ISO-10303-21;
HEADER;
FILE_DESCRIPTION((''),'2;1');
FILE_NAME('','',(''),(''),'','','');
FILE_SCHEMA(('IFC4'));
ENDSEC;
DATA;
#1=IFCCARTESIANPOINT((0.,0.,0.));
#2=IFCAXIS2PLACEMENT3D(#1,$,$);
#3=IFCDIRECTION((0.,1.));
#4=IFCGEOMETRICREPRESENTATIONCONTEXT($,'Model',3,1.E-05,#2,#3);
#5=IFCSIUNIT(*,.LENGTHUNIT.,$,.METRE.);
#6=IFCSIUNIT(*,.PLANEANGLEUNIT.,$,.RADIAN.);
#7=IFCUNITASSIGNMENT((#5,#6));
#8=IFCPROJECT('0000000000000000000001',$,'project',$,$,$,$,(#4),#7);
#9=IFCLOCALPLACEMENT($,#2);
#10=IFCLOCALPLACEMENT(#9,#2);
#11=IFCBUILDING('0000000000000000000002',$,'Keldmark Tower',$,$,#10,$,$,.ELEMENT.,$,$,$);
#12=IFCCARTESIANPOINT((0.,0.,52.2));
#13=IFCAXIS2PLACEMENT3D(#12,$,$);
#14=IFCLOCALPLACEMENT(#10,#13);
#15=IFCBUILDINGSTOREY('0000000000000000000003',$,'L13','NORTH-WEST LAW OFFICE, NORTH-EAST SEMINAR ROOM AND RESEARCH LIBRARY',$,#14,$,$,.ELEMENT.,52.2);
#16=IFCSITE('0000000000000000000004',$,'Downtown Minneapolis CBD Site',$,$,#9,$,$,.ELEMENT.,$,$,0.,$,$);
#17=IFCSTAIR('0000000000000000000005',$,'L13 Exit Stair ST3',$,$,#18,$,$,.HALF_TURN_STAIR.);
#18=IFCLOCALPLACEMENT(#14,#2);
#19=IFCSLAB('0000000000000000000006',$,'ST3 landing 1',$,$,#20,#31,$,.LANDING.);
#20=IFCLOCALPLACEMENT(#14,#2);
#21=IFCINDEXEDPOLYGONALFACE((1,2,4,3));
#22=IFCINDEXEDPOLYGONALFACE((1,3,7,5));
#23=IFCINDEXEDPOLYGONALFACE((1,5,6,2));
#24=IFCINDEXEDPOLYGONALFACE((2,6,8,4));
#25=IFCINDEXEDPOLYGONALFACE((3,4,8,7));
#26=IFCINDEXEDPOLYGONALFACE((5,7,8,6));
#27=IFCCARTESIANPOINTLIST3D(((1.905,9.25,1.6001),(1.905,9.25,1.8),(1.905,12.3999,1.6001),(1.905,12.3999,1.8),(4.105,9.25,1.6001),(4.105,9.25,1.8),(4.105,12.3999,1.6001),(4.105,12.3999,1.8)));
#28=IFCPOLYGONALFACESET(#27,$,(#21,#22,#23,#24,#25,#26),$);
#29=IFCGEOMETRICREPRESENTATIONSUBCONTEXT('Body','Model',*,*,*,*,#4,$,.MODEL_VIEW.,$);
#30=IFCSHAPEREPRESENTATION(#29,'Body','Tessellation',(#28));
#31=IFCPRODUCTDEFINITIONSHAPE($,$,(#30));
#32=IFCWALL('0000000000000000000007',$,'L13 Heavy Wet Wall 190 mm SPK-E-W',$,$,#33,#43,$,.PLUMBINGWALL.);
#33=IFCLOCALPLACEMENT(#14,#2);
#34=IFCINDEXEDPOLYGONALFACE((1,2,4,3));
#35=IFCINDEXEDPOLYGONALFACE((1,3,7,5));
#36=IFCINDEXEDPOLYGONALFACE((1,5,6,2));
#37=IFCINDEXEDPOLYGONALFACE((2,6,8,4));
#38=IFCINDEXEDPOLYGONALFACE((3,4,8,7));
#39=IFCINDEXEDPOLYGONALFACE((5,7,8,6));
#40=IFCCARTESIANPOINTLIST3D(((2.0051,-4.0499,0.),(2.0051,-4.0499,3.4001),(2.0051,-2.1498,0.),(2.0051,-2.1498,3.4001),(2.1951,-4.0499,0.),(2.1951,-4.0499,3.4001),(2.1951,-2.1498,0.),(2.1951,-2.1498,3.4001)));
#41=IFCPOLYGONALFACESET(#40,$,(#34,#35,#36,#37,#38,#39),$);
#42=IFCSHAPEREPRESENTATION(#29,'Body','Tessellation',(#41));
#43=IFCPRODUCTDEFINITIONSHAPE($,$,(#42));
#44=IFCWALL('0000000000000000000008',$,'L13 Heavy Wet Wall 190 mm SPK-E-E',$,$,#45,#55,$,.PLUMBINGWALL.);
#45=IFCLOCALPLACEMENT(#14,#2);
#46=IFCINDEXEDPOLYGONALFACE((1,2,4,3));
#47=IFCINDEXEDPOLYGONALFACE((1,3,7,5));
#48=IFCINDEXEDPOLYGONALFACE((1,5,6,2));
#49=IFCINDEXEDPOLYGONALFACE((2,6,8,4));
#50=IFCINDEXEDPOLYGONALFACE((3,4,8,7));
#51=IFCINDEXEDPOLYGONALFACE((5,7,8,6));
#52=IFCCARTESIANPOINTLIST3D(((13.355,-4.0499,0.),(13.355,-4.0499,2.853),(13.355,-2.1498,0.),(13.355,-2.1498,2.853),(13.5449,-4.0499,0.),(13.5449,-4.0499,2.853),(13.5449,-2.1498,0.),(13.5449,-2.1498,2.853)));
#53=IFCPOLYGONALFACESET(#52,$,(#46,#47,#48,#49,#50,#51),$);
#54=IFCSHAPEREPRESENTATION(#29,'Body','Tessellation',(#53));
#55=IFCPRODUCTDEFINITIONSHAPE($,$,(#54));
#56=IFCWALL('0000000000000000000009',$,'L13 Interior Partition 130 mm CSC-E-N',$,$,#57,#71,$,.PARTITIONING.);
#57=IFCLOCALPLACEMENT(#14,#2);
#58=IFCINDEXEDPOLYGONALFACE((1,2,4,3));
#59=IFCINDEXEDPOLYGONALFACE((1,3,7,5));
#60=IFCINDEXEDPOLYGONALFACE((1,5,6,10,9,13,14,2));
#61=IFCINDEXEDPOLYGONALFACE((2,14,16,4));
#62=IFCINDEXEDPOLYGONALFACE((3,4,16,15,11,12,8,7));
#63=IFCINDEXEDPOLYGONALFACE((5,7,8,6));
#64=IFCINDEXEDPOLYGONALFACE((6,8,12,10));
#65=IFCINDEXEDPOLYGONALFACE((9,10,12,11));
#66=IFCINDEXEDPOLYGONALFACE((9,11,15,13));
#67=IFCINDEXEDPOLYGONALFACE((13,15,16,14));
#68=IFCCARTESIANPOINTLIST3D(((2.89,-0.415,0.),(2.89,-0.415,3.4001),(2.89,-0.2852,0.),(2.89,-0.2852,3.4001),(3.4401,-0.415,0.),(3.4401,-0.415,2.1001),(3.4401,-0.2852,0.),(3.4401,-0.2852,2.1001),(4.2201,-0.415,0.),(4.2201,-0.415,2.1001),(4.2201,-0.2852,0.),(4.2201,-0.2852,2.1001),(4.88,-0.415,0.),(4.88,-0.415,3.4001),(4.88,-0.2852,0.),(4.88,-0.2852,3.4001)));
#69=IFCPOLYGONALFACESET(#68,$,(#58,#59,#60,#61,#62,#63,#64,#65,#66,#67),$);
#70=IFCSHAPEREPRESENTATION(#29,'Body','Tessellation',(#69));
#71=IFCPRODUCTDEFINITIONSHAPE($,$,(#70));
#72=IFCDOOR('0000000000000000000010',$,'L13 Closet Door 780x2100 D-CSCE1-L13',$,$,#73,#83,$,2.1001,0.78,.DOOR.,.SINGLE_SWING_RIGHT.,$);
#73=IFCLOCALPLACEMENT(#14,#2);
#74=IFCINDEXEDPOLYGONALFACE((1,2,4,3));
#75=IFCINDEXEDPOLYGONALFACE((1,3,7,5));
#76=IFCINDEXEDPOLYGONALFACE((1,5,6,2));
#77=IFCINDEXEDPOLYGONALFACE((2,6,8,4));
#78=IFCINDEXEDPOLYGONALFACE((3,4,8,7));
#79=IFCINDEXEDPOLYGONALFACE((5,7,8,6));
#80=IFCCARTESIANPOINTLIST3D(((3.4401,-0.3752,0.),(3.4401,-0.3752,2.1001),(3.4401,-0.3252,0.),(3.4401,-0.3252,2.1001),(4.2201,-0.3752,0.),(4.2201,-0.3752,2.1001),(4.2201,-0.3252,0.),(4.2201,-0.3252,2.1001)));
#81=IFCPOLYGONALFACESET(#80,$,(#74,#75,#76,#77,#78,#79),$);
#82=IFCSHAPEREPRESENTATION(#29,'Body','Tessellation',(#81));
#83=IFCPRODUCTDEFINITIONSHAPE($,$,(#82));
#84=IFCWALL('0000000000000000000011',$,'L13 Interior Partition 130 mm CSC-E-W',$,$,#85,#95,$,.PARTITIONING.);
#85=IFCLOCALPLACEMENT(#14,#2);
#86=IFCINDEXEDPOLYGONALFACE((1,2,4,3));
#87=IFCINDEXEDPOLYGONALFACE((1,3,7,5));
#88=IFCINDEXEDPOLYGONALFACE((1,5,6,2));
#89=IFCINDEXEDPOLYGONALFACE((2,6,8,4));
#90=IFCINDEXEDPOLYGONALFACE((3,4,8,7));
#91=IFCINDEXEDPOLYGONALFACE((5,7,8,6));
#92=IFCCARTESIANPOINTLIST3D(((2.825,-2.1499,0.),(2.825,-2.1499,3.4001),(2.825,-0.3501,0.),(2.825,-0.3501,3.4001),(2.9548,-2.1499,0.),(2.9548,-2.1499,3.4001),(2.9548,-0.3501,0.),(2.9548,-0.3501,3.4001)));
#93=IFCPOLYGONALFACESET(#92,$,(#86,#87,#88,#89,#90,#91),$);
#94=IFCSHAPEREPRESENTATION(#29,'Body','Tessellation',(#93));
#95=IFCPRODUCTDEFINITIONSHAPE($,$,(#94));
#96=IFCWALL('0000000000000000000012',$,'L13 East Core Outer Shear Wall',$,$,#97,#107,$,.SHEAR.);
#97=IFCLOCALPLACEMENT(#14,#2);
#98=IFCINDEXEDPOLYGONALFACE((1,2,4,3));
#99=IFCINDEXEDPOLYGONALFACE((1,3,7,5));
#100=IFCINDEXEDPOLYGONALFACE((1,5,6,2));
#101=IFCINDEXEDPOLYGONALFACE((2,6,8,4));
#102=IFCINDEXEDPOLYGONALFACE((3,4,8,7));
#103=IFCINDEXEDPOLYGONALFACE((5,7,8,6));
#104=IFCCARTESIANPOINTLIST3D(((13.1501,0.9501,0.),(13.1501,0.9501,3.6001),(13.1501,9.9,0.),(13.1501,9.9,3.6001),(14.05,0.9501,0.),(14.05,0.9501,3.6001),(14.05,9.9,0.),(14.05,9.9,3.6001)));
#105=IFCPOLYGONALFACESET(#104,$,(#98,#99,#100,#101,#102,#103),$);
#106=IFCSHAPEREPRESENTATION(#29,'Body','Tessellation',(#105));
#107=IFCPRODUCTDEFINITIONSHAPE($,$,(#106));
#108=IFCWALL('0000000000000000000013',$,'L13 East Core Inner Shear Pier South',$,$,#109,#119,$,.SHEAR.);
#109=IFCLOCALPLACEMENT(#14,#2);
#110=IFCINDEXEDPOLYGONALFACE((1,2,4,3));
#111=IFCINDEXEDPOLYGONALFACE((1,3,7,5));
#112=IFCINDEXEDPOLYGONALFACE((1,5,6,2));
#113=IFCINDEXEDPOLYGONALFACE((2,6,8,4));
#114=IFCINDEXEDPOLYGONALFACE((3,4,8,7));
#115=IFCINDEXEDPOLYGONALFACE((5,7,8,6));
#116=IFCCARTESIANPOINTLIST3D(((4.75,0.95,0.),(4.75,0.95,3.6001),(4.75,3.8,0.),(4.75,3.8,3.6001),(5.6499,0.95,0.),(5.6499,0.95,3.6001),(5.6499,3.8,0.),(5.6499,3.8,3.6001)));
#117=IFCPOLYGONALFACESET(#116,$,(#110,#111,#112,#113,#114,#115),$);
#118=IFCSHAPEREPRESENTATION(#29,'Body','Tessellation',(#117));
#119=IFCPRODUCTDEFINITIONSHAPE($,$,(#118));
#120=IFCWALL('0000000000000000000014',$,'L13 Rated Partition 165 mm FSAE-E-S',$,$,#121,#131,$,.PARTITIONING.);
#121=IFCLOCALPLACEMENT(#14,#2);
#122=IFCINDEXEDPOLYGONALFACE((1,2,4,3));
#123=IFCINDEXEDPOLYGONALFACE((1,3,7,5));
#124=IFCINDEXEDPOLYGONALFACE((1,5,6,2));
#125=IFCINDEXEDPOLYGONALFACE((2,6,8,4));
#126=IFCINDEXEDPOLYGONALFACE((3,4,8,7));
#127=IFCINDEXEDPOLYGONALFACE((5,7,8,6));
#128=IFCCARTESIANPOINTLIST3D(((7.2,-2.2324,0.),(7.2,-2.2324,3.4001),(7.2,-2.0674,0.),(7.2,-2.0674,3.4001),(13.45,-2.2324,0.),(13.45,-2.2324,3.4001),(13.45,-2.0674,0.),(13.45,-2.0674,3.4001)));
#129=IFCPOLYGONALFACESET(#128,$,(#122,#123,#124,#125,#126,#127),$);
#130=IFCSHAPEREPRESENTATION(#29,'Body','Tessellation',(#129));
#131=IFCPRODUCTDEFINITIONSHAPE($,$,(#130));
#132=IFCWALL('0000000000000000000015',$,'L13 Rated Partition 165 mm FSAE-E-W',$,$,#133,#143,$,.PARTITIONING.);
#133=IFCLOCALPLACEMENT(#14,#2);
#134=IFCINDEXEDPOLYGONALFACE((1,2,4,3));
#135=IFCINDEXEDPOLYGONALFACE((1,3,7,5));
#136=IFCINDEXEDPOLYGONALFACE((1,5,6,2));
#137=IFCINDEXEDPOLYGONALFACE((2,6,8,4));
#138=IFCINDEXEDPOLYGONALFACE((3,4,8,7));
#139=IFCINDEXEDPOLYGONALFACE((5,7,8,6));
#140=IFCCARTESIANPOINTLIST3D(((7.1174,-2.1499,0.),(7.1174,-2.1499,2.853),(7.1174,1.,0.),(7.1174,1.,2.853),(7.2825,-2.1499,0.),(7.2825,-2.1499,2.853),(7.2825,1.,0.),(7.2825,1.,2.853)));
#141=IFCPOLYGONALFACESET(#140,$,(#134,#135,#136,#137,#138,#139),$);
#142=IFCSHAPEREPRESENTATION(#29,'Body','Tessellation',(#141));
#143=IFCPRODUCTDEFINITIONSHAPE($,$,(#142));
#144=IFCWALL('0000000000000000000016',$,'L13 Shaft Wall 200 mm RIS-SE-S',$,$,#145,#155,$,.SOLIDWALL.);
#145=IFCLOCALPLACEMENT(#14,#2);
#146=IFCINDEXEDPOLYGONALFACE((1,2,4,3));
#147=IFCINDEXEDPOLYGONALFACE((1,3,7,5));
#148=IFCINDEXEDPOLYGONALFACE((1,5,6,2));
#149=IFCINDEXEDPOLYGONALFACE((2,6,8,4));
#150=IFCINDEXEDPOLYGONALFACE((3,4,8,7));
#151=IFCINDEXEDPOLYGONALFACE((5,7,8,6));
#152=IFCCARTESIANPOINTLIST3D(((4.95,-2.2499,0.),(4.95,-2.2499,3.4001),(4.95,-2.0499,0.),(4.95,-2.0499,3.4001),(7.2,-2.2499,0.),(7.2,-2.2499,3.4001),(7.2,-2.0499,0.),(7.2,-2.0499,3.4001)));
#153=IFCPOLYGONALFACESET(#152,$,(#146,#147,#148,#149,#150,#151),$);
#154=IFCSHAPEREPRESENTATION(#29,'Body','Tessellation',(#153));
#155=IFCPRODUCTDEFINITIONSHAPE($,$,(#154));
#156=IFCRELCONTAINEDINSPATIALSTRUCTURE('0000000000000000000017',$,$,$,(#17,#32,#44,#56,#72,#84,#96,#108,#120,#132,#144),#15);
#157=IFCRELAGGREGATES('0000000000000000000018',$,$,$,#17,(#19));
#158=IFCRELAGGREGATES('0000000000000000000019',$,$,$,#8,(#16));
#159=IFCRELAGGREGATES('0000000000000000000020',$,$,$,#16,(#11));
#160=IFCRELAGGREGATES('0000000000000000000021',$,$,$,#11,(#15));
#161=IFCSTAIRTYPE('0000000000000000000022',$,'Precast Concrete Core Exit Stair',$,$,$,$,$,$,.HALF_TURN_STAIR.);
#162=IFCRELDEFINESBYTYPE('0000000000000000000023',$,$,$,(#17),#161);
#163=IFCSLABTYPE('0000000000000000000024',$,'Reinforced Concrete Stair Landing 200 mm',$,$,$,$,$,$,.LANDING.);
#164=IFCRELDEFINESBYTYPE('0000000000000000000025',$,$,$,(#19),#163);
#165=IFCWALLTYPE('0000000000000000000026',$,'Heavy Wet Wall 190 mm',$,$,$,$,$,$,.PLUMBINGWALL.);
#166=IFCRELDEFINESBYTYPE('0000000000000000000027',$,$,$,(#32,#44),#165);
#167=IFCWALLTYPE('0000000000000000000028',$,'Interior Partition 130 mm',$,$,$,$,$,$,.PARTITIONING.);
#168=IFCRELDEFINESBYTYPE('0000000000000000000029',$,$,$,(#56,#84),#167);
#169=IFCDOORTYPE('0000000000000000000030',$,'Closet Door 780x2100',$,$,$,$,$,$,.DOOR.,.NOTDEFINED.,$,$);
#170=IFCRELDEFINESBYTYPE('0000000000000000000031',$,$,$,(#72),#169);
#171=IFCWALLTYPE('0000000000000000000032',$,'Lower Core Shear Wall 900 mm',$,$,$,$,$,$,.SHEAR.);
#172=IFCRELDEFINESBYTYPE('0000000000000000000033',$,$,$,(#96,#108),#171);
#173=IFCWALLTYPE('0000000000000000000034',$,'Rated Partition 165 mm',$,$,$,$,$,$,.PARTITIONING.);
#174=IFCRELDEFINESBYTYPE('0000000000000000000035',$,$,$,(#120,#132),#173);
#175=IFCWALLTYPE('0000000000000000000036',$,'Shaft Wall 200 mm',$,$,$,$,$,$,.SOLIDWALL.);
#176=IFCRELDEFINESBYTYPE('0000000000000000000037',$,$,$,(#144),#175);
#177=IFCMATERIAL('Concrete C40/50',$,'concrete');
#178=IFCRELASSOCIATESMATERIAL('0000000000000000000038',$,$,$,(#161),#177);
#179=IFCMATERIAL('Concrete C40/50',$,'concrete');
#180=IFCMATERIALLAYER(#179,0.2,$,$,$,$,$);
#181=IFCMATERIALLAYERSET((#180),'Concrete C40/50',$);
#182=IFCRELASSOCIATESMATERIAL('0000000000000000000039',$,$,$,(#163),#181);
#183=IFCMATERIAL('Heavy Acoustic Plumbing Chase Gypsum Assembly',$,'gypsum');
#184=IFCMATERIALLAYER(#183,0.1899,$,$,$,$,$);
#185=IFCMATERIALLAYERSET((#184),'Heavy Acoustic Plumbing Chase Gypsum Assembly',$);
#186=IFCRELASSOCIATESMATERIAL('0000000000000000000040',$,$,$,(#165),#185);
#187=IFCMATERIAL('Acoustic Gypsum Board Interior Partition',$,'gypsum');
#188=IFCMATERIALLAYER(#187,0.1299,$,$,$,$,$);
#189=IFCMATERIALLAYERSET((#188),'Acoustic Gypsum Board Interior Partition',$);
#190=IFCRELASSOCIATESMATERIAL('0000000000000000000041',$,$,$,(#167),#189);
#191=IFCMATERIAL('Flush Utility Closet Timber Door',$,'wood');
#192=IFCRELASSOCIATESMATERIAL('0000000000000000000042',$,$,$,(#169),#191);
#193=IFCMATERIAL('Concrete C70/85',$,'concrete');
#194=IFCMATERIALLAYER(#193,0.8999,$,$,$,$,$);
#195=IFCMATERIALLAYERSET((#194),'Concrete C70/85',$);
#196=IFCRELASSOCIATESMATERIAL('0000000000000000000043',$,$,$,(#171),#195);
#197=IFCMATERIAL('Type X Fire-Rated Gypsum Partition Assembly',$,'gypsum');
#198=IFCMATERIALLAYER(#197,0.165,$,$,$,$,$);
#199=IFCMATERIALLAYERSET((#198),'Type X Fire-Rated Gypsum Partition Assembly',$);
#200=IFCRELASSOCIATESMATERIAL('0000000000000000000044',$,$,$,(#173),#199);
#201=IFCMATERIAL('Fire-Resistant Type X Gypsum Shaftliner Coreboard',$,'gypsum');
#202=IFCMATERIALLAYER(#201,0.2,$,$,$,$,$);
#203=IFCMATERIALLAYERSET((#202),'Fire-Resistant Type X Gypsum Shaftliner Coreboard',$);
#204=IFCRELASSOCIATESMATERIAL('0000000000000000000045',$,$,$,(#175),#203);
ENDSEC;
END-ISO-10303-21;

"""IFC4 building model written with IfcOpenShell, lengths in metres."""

from ifc_helpers import new_model, si_unit, direction, frame, frame_2d, origin, place, context, subcontext, project, spatial, polyline, rectangle, outline, extrude, material, layer, layer_set, type_object, element, fill, aggregate, save


model = new_model("IFC4")

# Units and contexts
model_context = context("Model", 3, precision=1e-05, world=origin(), true_north=direction((0.0, 1.0)))
body_context = subcontext(model_context, "Body", "Model", "MODEL_VIEW")
ifc_project = project(units=[si_unit("LENGTHUNIT", "METRE"), si_unit("PLANEANGLEUNIT", "RADIAN")], contexts=[model_context])

# Site, building, storey
site_placement = place(None, origin())
site = spatial("IfcSite", under=ifc_project, at=site_placement, Name="Downtown Minneapolis CBD Site", CompositionType="ELEMENT", RefElevation=0.0)
building_placement = place(site_placement, origin())
building = spatial("IfcBuilding", under=site, at=building_placement, Name="Keldmark Tower", CompositionType="ELEMENT")
storey_placement = place(building_placement, frame((0.0, 0.0, 52.2)))
storey = spatial("IfcBuildingStorey", under=building, at=storey_placement, Name="L13", Description="NORTH-WEST LAW OFFICE, NORTH-EAST SEMINAR ROOM AND RESEARCH LIBRARY", CompositionType="ELEMENT", Elevation=52.2)

# Stair, slab
ifc_material_1 = material(Name="Concrete C40/50", Category="concrete")
stair_type = type_object("IfcStairType", Name="Precast Concrete Core Exit Stair", PredefinedType="HALF_TURN_STAIR", material=ifc_material_1)
ifc_material_2 = material(Name="Concrete C40/50", Category="concrete")
ifc_layer_1 = layer(ifc_material_2, 0.2)
ifc_layer_set_1 = layer_set([ifc_layer_1], Name="Concrete C40/50")
slab_type_1 = type_object("IfcSlabType", Name="Reinforced Concrete Stair Landing 200 mm", PredefinedType="LANDING", material=ifc_layer_set_1)
stair_1_placement = place(storey_placement, origin())
stair_1 = element("IfcStair", 1, at=stair_1_placement, inside=storey, type_object=stair_type, Name="L13 Exit Stair ST3", PredefinedType="HALF_TURN_STAIR")
slab_1_placement = place(storey_placement, frame((0.0, 0.0, 1.6001)))
slab_1 = element("IfcSlab", 2, at=slab_1_placement, type_object=slab_type_1, Name="ST3 landing 1", PredefinedType="LANDING", context=body_context, shape_type="SweptSolid", body=[
    extrude(outline(polyline([(1.905, 9.25), (4.105, 9.25), (4.105, 12.3999), (1.905, 12.3999), (1.905, 9.25)])), origin(), (0.0, 0.0, 1.0), 0.2),
])
aggregate(stair_1, [slab_1])

# Walls
ifc_material_3 = material(Name="Heavy Acoustic Plumbing Chase Gypsum Assembly", Category="gypsum")
ifc_layer_2 = layer(ifc_material_3, 0.1899)
ifc_layer_set_2 = layer_set([ifc_layer_2], Name="Heavy Acoustic Plumbing Chase Gypsum Assembly")
wall_type_1 = type_object("IfcWallType", Name="Heavy Wet Wall 190 mm", PredefinedType="PLUMBINGWALL", material=ifc_layer_set_2)
wall_1_placement = place(storey_placement, frame((2.1001, -4.05, 0.0), z_axis=(0.0, 0.0, 1.0), x_axis=(0.0, 1.0, 0.0)))
element("IfcWall", 3, at=wall_1_placement, inside=storey, type_object=wall_type_1, Name="L13 Heavy Wet Wall 190 mm SPK-E-W", PredefinedType="PLUMBINGWALL", context=body_context, shape_type="SweptSolid", body=[
    extrude(rectangle(XDim=1.9001, YDim=0.1899, at=frame_2d((0.9502, 0.0))), origin(), (0.0, 0.0, 1.0), 3.4001),
])
wall_2_placement = place(storey_placement, frame((13.45, -4.05, 0.0), z_axis=(0.0, 0.0, 1.0), x_axis=(0.0, 1.0, 0.0)))
element("IfcWall", 4, at=wall_2_placement, inside=storey, type_object=wall_type_1, Name="L13 Heavy Wet Wall 190 mm SPK-E-E", PredefinedType="PLUMBINGWALL", context=body_context, shape_type="SweptSolid", body=[
    extrude(rectangle(XDim=1.9001, YDim=0.1899, at=frame_2d((0.9502, 0.0))), origin(), (0.0, 0.0, 1.0), 2.853),
])

# Wall, opening, door
ifc_material_4 = material(Name="Acoustic Gypsum Board Interior Partition", Category="gypsum")
ifc_layer_3 = layer(ifc_material_4, 0.1299)
ifc_layer_set_3 = layer_set([ifc_layer_3], Name="Acoustic Gypsum Board Interior Partition")
wall_type_2 = type_object("IfcWallType", Name="Interior Partition 130 mm", PredefinedType="PARTITIONING", material=ifc_layer_set_3)
wall_3_placement = place(storey_placement, frame((2.8899, -0.3501, 0.0), z_axis=(0.0, 0.0, 1.0), x_axis=(1.0, 0.0, 0.0)))
wall_3 = element("IfcWall", 5, at=wall_3_placement, inside=storey, type_object=wall_type_2, Name="L13 Interior Partition 130 mm CSC-E-N", PredefinedType="PARTITIONING", context=body_context, shape_type="SweptSolid", body=[
    extrude(rectangle(XDim=1.99, YDim=0.1299, at=frame_2d((0.9951, 0.0))), origin(), (0.0, 0.0, 1.0), 3.4001),
])
opening_1_placement = place(wall_3_placement, frame((0.55, 0.0, 0.0)))
opening_1 = element("IfcOpeningElement", 6, at=opening_1_placement, cuts=wall_3, PredefinedType="OPENING", context=body_context, shape_type="SweptSolid", body=[
    extrude(rectangle(XDim=0.78, YDim=2.1001, at=frame_2d((0.3901, 1.05))), frame((0.0, 0.075, 0.0), z_axis=(0.0, -1.0, 0.0), x_axis=(1.0, 0.0, 0.0)), (0.0, 0.0, 1.0), 0.1499),
])
ifc_material_5 = material(Name="Flush Utility Closet Timber Door", Category="wood")
door_type_1 = type_object("IfcDoorType", Name="Closet Door 780x2100", OperationType="NOTDEFINED", PredefinedType="DOOR", material=ifc_material_5)
door_1_placement = place(opening_1_placement, origin())
door_1 = element("IfcDoor", 7, at=door_1_placement, inside=storey, type_object=door_type_1, Name="L13 Closet Door 780x2100 D-CSCE1-L13", OperationType="SINGLE_SWING_RIGHT", OverallHeight=2.1001, OverallWidth=0.78, PredefinedType="DOOR", context=body_context, shape_type="SweptSolid", body=[
    extrude(rectangle(XDim=0.78, YDim=2.1001, at=frame_2d((0.3901, 1.05))), frame((0.0, 0.0249, 0.0), z_axis=(0.0, -1.0, 0.0), x_axis=(1.0, 0.0, 0.0)), (0.0, 0.0, 1.0), 0.05),
])
fill(opening_1, door_1)

# Walls
wall_4_placement = place(storey_placement, frame((2.8899, -2.1499, 0.0), z_axis=(0.0, 0.0, 1.0), x_axis=(0.0, 1.0, 0.0)))
element("IfcWall", 8, at=wall_4_placement, inside=storey, type_object=wall_type_2, Name="L13 Interior Partition 130 mm CSC-E-W", PredefinedType="PARTITIONING", context=body_context, shape_type="SweptSolid", body=[
    extrude(rectangle(XDim=1.7998, YDim=0.1299, at=frame_2d((0.8999, 0.0))), origin(), (0.0, 0.0, 1.0), 3.4001),
])
ifc_material_6 = material(Name="Concrete C70/85", Category="concrete")
ifc_layer_4 = layer(ifc_material_6, 0.8999)
ifc_layer_set_4 = layer_set([ifc_layer_4], Name="Concrete C70/85")
wall_type_3 = type_object("IfcWallType", Name="Lower Core Shear Wall 900 mm", PredefinedType="SHEAR", material=ifc_layer_set_4)
wall_5_placement = place(storey_placement, frame((13.6001, 0.95, 0.0), z_axis=(0.0, 0.0, 1.0), x_axis=(0.0, 1.0, 0.0)))
element("IfcWall", 9, at=wall_5_placement, inside=storey, type_object=wall_type_3, Name="L13 East Core Outer Shear Wall", PredefinedType="SHEAR", context=body_context, shape_type="SweptSolid", body=[
    extrude(rectangle(XDim=8.95, YDim=0.8999, at=frame_2d((4.4751, 0.0))), origin(), (0.0, 0.0, 1.0), 3.6001),
])
wall_6_placement = place(storey_placement, frame((5.2, 0.95, 0.0), z_axis=(0.0, 0.0, 1.0), x_axis=(0.0, 1.0, 0.0)))
element("IfcWall", 10, at=wall_6_placement, inside=storey, type_object=wall_type_3, Name="L13 East Core Inner Shear Pier South", PredefinedType="SHEAR", context=body_context, shape_type="SweptSolid", body=[
    extrude(rectangle(XDim=2.8501, YDim=0.8999, at=frame_2d((1.425, 0.0))), origin(), (0.0, 0.0, 1.0), 3.6001),
])
ifc_material_7 = material(Name="Type X Fire-Rated Gypsum Partition Assembly", Category="gypsum")
ifc_layer_5 = layer(ifc_material_7, 0.165)
ifc_layer_set_5 = layer_set([ifc_layer_5], Name="Type X Fire-Rated Gypsum Partition Assembly")
wall_type_4 = type_object("IfcWallType", Name="Rated Partition 165 mm", PredefinedType="PARTITIONING", material=ifc_layer_set_5)
wall_7_placement = place(storey_placement, frame((7.2, -2.1499, 0.0), z_axis=(0.0, 0.0, 1.0), x_axis=(1.0, 0.0, 0.0)))
element("IfcWall", 11, at=wall_7_placement, inside=storey, type_object=wall_type_4, Name="L13 Rated Partition 165 mm FSAE-E-S", PredefinedType="PARTITIONING", context=body_context, shape_type="SweptSolid", body=[
    extrude(rectangle(XDim=6.25, YDim=0.165, at=frame_2d((3.125, 0.0))), origin(), (0.0, 0.0, 1.0), 3.4001),
])
wall_8_placement = place(storey_placement, frame((7.2, -2.1499, 0.0), z_axis=(0.0, 0.0, 1.0), x_axis=(0.0, 1.0, 0.0)))
element("IfcWall", 12, at=wall_8_placement, inside=storey, type_object=wall_type_4, Name="L13 Rated Partition 165 mm FSAE-E-W", PredefinedType="PARTITIONING", context=body_context, shape_type="SweptSolid", body=[
    extrude(rectangle(XDim=3.1499, YDim=0.165, at=frame_2d((1.575, 0.0))), origin(), (0.0, 0.0, 1.0), 2.853),
])

# Wall
ifc_material_8 = material(Name="Fire-Resistant Type X Gypsum Shaftliner Coreboard", Category="gypsum")
ifc_layer_6 = layer(ifc_material_8, 0.2)
ifc_layer_set_6 = layer_set([ifc_layer_6], Name="Fire-Resistant Type X Gypsum Shaftliner Coreboard")
wall_type_5 = type_object("IfcWallType", Name="Shaft Wall 200 mm", PredefinedType="SOLIDWALL", material=ifc_layer_set_6)
wall_9_placement = place(storey_placement, frame((4.95, -2.1499, 0.0), z_axis=(0.0, 0.0, 1.0), x_axis=(1.0, 0.0, 0.0)))
element("IfcWall", 13, at=wall_9_placement, inside=storey, type_object=wall_type_5, Name="L13 Shaft Wall 200 mm RIS-SE-S", PredefinedType="SOLIDWALL", context=body_context, shape_type="SweptSolid", body=[
    extrude(rectangle(XDim=2.25, YDim=0.2, at=frame_2d((1.125, 0.0))), origin(), (0.0, 0.0, 1.0), 3.4001),
])

save(model, "model.ifc")
